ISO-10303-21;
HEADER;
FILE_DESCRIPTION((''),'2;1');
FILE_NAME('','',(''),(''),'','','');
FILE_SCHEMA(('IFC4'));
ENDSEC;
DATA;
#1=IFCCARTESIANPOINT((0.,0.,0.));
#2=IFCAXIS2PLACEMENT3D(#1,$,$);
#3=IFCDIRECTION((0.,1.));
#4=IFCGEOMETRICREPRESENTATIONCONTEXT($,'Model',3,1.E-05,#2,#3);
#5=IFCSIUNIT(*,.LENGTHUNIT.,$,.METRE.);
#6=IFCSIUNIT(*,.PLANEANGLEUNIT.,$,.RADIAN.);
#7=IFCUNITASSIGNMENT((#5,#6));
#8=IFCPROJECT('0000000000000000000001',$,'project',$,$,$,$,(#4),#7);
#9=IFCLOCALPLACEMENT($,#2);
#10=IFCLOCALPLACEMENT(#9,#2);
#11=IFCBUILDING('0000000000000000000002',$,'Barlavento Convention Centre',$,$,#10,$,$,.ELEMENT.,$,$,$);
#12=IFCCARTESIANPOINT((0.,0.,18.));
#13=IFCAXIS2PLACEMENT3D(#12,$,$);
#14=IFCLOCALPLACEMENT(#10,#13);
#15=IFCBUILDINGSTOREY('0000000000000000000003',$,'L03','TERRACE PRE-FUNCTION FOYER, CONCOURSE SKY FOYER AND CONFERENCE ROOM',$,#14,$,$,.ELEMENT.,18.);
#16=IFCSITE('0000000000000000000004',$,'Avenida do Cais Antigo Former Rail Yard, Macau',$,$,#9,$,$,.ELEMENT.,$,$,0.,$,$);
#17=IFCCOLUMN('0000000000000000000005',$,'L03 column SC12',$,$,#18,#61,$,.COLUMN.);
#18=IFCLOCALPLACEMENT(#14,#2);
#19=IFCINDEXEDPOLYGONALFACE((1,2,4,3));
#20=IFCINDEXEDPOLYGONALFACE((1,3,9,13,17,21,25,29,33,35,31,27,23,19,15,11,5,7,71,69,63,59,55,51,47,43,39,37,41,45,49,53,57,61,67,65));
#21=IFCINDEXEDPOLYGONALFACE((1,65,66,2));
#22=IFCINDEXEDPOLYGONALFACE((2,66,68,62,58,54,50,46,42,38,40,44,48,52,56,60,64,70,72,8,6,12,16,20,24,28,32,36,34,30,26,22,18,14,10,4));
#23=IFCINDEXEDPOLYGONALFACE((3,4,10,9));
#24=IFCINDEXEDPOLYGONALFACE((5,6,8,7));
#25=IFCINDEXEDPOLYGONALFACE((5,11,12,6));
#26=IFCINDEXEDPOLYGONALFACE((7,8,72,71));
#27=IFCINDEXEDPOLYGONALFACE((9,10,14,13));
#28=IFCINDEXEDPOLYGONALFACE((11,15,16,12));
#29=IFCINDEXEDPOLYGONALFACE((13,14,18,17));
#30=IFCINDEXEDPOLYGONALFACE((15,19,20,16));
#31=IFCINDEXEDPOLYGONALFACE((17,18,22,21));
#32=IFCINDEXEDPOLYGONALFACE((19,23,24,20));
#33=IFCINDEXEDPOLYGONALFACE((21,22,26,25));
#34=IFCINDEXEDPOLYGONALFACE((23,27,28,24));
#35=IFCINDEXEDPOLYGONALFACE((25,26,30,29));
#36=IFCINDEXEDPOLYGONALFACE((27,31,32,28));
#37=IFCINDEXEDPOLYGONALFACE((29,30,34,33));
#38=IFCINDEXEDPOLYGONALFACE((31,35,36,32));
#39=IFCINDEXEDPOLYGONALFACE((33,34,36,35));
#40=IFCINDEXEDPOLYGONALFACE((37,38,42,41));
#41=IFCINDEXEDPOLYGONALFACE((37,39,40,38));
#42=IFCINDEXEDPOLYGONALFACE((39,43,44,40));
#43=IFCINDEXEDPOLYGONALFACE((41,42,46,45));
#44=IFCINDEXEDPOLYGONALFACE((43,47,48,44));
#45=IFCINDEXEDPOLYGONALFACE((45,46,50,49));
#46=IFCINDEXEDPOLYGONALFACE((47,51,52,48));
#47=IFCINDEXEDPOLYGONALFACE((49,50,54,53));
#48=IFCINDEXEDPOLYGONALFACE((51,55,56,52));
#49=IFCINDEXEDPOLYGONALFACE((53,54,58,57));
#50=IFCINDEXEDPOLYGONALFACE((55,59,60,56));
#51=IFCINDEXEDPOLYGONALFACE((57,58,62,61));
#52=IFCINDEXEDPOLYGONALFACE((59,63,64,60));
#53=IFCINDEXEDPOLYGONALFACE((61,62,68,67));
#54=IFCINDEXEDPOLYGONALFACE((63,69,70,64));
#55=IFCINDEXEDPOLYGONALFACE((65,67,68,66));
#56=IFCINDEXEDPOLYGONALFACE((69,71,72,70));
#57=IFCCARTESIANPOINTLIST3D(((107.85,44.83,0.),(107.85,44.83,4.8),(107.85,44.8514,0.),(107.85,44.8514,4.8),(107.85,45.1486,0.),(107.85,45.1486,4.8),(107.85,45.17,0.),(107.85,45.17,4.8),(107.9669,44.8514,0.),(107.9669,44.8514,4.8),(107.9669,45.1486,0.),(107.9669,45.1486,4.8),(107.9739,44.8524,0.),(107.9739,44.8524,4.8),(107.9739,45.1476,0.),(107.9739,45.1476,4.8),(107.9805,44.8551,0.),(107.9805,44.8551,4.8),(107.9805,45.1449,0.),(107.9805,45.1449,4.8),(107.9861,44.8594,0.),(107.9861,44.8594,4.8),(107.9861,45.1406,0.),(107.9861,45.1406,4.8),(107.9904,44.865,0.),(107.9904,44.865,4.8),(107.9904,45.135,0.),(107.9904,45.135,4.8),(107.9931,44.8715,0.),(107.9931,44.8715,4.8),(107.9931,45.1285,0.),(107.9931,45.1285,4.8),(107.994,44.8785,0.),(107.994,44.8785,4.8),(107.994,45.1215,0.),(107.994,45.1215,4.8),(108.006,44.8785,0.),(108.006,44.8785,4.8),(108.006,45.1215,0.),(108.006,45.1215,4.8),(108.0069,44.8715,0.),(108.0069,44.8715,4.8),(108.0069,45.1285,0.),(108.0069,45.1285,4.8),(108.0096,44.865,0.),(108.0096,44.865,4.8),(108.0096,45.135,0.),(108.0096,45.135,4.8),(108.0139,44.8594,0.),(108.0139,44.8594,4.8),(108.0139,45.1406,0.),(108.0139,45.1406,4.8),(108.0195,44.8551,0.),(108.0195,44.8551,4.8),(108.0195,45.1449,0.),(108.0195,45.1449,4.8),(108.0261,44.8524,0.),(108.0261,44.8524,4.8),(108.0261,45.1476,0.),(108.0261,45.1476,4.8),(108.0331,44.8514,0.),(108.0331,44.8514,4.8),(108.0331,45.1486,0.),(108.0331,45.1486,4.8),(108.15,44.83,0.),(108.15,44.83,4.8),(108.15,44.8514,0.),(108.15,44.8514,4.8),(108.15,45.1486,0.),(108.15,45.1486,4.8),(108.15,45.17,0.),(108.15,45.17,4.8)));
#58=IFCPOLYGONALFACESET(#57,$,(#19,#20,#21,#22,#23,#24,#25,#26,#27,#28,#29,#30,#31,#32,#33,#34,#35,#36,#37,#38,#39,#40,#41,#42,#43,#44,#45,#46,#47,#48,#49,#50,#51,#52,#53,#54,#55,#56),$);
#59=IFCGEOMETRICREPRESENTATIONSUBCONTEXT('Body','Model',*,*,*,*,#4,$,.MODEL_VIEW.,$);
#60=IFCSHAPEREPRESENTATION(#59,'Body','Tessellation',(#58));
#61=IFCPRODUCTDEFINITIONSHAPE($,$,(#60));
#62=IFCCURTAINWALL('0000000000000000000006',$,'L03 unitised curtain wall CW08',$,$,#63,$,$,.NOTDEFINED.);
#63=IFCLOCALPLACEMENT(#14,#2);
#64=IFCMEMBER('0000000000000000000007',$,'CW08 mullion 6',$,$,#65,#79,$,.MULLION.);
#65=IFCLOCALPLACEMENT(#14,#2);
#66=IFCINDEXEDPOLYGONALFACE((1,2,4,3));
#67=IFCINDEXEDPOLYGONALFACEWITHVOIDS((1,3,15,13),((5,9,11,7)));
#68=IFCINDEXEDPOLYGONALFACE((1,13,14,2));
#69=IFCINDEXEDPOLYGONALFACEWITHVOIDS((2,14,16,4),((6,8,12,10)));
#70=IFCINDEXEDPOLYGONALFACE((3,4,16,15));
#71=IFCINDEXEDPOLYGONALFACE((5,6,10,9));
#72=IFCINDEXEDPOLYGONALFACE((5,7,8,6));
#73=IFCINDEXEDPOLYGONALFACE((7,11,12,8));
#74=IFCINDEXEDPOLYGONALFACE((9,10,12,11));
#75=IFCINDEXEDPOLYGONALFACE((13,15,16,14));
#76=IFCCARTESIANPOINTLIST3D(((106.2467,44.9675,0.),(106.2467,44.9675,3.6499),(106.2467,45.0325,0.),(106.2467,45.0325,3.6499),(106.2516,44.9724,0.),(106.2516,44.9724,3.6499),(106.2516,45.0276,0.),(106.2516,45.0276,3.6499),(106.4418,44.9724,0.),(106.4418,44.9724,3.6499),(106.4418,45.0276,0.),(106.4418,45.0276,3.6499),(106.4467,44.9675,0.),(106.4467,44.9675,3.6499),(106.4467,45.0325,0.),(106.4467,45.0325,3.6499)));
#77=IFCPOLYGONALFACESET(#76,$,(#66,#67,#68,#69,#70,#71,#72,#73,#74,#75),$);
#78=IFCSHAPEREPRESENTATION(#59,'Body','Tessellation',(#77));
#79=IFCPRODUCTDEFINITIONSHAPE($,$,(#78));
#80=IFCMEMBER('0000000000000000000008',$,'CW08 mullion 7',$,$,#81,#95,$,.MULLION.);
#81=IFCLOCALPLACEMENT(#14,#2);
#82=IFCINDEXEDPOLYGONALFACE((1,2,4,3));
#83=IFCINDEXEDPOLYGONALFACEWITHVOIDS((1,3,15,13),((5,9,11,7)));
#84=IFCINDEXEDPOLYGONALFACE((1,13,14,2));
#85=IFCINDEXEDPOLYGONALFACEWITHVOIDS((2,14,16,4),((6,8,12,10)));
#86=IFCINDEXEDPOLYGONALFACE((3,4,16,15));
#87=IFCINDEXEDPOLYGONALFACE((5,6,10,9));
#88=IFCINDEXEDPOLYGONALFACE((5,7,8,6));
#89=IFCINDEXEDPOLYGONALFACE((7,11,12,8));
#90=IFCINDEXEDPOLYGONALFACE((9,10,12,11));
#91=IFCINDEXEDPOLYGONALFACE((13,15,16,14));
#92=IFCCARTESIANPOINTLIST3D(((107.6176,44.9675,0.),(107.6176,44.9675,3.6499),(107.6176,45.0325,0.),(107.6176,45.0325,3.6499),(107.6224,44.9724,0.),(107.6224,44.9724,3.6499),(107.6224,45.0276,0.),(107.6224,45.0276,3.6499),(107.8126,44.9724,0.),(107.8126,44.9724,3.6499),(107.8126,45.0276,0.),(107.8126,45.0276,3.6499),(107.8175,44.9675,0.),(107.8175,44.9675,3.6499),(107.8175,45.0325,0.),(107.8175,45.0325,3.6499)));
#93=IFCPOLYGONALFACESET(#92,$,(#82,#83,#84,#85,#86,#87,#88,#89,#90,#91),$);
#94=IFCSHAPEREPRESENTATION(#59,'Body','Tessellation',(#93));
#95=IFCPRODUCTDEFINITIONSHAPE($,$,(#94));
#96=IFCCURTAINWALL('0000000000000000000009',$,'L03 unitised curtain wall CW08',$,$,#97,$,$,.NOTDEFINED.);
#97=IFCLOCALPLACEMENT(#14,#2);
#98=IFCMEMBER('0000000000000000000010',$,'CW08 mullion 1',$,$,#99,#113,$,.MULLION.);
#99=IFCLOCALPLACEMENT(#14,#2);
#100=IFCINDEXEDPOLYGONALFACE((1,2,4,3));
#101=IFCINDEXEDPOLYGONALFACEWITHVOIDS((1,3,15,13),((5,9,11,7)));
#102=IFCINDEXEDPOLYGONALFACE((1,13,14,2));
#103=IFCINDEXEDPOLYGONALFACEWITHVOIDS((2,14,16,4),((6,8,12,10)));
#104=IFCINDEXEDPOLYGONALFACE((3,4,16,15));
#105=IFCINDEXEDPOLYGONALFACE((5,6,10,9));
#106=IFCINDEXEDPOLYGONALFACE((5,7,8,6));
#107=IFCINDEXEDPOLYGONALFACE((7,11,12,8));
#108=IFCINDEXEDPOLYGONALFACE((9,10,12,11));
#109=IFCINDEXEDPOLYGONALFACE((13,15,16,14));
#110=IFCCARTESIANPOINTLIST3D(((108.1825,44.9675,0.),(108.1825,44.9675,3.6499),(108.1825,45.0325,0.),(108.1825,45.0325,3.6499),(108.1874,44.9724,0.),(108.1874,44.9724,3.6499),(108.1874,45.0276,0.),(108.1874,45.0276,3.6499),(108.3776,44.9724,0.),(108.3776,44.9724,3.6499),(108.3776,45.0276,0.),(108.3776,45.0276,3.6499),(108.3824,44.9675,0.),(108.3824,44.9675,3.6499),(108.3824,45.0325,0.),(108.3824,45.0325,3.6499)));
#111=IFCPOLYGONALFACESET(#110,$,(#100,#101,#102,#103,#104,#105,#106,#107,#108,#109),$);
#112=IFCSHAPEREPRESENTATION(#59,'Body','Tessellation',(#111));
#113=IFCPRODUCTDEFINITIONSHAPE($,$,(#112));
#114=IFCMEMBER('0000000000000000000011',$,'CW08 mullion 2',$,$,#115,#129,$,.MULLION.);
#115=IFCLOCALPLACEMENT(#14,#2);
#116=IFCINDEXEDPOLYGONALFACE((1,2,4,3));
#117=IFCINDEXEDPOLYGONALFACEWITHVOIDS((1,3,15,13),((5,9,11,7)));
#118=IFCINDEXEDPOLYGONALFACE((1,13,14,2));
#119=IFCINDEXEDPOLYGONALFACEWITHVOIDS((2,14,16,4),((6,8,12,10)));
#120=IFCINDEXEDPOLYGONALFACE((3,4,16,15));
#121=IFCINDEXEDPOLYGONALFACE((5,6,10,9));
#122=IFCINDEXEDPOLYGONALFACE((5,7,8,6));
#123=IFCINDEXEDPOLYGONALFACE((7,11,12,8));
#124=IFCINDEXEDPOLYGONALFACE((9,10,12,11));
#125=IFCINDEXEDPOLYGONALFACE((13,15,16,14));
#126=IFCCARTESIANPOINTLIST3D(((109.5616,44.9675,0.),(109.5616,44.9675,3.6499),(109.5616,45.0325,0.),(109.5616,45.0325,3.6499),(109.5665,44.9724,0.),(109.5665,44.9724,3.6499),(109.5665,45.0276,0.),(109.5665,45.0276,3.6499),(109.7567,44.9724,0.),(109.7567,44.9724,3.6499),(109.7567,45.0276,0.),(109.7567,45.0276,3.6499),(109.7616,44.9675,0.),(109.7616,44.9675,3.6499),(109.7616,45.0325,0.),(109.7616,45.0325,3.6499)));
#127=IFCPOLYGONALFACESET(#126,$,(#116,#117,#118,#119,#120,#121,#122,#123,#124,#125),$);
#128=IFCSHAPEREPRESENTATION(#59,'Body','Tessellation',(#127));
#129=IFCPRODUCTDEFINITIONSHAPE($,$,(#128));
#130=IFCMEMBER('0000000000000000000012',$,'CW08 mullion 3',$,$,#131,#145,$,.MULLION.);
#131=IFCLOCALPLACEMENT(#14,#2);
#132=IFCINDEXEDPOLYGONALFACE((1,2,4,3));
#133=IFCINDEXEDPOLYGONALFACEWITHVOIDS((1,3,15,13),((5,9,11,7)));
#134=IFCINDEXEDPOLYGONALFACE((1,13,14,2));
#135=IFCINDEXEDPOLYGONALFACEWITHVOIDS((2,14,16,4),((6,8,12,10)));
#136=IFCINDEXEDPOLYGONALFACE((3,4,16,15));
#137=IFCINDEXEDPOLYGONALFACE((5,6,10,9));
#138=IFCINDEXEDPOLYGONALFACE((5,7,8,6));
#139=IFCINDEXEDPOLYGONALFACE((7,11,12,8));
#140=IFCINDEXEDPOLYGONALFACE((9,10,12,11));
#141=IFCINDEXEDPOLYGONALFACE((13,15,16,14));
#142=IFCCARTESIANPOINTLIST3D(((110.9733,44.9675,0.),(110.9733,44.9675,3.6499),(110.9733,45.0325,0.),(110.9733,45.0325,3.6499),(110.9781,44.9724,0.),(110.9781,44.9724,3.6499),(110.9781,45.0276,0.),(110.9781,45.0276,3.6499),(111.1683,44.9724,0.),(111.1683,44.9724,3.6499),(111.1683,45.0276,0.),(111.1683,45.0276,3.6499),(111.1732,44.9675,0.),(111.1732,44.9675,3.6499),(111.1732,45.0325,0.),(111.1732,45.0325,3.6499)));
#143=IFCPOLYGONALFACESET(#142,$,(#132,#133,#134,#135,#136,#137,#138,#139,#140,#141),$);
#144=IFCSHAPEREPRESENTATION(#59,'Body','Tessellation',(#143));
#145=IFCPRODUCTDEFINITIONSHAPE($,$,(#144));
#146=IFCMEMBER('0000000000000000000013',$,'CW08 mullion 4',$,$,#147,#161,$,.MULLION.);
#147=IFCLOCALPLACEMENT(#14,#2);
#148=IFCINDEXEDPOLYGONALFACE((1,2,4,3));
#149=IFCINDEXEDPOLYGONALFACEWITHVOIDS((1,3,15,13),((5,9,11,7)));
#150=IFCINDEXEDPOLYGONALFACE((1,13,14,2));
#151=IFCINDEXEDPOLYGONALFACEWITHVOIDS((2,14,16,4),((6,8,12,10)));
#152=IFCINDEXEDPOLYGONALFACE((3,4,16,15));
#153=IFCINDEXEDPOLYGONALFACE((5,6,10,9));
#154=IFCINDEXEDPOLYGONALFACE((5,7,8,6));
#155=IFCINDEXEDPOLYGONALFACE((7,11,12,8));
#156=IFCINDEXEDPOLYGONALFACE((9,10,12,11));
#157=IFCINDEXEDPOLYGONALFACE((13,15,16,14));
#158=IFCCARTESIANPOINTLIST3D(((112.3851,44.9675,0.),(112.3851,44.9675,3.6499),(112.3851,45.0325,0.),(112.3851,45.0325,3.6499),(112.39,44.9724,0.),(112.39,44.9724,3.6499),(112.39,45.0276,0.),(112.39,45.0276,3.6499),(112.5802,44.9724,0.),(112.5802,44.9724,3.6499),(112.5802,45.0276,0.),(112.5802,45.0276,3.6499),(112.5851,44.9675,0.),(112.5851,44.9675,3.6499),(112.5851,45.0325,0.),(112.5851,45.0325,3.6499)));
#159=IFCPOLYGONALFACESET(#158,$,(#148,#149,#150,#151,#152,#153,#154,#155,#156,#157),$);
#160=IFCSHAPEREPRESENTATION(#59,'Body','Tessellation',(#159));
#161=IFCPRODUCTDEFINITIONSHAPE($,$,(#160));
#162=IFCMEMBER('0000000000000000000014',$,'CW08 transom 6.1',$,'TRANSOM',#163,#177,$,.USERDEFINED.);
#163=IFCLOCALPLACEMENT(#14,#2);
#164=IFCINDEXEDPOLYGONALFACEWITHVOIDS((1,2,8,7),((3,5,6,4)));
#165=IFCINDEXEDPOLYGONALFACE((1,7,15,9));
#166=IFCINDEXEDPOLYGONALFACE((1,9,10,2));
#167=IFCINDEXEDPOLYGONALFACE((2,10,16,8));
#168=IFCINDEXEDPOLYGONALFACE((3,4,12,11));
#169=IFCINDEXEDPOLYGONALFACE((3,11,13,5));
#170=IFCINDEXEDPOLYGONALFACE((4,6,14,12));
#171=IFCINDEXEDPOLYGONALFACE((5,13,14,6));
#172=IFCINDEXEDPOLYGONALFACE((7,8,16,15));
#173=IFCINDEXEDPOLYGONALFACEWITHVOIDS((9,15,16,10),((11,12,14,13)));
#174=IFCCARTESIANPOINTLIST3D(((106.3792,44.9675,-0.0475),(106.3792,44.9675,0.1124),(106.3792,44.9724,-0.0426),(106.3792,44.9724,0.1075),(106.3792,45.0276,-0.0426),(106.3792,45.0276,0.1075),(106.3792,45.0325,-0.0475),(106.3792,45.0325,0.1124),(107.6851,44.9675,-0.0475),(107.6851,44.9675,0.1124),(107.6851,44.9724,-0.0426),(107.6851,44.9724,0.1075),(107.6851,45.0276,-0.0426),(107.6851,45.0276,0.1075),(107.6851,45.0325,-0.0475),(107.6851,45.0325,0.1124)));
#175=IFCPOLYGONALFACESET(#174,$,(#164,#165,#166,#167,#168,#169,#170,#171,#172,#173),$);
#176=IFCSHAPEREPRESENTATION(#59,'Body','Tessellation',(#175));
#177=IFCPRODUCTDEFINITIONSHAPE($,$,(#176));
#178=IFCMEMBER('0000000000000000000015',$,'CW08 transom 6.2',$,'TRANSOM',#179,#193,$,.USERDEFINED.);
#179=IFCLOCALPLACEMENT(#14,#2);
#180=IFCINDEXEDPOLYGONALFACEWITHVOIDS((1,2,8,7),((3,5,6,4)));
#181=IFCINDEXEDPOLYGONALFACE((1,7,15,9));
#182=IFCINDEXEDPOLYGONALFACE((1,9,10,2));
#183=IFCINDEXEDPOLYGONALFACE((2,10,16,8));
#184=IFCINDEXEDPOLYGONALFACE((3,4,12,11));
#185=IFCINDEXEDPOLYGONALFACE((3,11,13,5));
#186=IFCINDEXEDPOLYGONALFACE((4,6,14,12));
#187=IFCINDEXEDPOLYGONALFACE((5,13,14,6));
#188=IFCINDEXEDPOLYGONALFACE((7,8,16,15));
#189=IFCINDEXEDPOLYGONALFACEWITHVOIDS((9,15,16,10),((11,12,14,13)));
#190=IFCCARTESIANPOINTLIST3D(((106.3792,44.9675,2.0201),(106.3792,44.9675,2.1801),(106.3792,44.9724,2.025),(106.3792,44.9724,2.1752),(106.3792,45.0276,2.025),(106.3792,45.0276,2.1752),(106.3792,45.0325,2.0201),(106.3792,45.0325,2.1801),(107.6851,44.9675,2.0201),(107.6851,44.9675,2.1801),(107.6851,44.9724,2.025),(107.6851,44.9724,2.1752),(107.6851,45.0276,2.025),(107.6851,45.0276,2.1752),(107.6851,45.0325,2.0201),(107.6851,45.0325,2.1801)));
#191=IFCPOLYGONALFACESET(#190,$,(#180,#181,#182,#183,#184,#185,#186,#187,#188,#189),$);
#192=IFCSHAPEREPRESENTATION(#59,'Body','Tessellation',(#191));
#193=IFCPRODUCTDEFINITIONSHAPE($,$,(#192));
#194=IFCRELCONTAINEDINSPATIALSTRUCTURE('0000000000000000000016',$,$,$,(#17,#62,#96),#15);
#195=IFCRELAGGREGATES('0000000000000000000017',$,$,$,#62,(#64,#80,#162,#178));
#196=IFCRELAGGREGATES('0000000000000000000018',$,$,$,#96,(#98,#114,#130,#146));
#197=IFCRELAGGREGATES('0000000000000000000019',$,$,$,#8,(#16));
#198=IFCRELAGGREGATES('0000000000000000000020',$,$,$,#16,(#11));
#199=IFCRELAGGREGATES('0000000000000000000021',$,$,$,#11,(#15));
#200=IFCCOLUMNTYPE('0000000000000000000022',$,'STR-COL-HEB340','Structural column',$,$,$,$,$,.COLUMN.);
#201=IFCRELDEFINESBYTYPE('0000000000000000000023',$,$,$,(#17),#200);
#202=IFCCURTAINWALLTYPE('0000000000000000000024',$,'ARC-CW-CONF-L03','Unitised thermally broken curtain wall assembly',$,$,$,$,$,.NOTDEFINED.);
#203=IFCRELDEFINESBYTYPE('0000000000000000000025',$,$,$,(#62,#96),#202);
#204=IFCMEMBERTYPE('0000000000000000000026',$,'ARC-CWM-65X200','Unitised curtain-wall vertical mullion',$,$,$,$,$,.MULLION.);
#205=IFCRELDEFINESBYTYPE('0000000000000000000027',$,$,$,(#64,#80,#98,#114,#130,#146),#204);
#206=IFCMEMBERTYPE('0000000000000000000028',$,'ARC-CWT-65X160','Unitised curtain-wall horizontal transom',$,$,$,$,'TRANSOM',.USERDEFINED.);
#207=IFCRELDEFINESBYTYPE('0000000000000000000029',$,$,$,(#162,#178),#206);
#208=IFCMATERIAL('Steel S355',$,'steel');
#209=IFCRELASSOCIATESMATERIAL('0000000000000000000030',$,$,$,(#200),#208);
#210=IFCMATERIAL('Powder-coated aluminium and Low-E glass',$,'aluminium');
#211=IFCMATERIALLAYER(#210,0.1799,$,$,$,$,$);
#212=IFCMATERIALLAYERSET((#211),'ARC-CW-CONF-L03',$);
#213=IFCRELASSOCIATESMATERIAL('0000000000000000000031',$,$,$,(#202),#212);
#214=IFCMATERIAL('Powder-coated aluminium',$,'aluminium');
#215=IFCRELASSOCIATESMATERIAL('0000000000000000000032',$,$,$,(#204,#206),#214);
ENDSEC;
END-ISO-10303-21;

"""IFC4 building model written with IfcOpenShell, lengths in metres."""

from ifc_helpers import new_model, si_unit, direction, frame, origin, origin_2d, place, context, subcontext, project, spatial, hollow_rectangle, i_section, extrude, material, layer, layer_set, material_profile, profile_set, type_object, element, aggregate, save


model = new_model("IFC4")

# Units and contexts
model_context = context("Model", 3, precision=1e-05, world=origin(), true_north=direction((0.0, 1.0)))
body_context = subcontext(model_context, "Body", "Model", "MODEL_VIEW")
ifc_project = project(units=[si_unit("LENGTHUNIT", "METRE"), si_unit("PLANEANGLEUNIT", "RADIAN")], contexts=[model_context])

# Site, building, storey
site_placement = place(None, origin())
site = spatial("IfcSite", under=ifc_project, at=site_placement, Name="Avenida do Cais Antigo Former Rail Yard, Macau", CompositionType="ELEMENT", RefElevation=0.0)
building_placement = place(site_placement, origin())
building = spatial("IfcBuilding", under=site, at=building_placement, Name="Barlavento Convention Centre", CompositionType="ELEMENT")
storey_placement = place(building_placement, frame((0.0, 0.0, 18.0)))
storey = spatial("IfcBuildingStorey", under=building, at=storey_placement, Name="L03", Description="TERRACE PRE-FUNCTION FOYER, CONCOURSE SKY FOYER AND CONFERENCE ROOM", CompositionType="ELEMENT", Elevation=18.0)

# Column
ifc_material_1 = material(Name="Steel S355", Category="steel")
ifc_material_profile_1 = material_profile(ifc_material_1, i_section(OverallWidth=0.3, OverallDepth=0.3401, WebThickness=0.012, FlangeThickness=0.0215, FilletRadius=0.0271, at=origin_2d()), Name="HEB 340")
ifc_profile_set_1 = profile_set([ifc_material_profile_1], Name="Steel S355")
column_type = type_object("IfcColumnType", Name="STR-COL-HEB340", Description="Structural column", PredefinedType="COLUMN", material=ifc_profile_set_1)
column_placement = place(storey_placement, frame((108.0, 45.0, 0.0), z_axis=(0.0, 0.0, 1.0), x_axis=(1.0, 0.0, 0.0)))
element("IfcColumn", 1, at=column_placement, inside=storey, type_object=column_type, Name="L03 column SC12", PredefinedType="COLUMN", context=body_context, shape_type="SweptSolid", body=[
    extrude(i_section(OverallWidth=0.3, OverallDepth=0.3401, WebThickness=0.012, FlangeThickness=0.0215, FilletRadius=0.0271, at=origin_2d()), origin(), (0.0, 0.0, 1.0), 4.8),
])

# Curtain walls, members
ifc_material_2 = material(Name="Powder-coated aluminium and Low-E glass", Category="aluminium")
ifc_layer_1 = layer(ifc_material_2, 0.1799)
ifc_layer_set_1 = layer_set([ifc_layer_1], Name="ARC-CW-CONF-L03")
curtain_wall_type = type_object("IfcCurtainWallType", Name="ARC-CW-CONF-L03", Description="Unitised thermally broken curtain wall assembly", PredefinedType="NOTDEFINED", material=ifc_layer_set_1)
curtain_wall_1_placement = place(storey_placement, origin())
curtain_wall_1 = element("IfcCurtainWall", 2, at=curtain_wall_1_placement, inside=storey, type_object=curtain_wall_type, Name="L03 unitised curtain wall CW08", PredefinedType="NOTDEFINED")
ifc_material_3 = material(Name="Powder-coated aluminium", Category="aluminium")
ifc_material_profile_2 = material_profile(ifc_material_3, hollow_rectangle(XDim=0.0649, YDim=0.2, WallThickness=0.0049, at=origin_2d()), Name="AL-MULL 65x200x5")
ifc_profile_set_2 = profile_set([ifc_material_profile_2], Name="Powder-coated aluminium")
member_type_1 = type_object("IfcMemberType", Name="ARC-CWM-65X200", Description="Unitised curtain-wall vertical mullion", PredefinedType="MULLION", material=ifc_profile_set_2)
member_1_placement = place(storey_placement, frame((106.3467, 45.0, 0.0), z_axis=(0.0, 0.0, 1.0), x_axis=(0.0, 1.0, 0.0)))
member_1 = element("IfcMember", 3, at=member_1_placement, type_object=member_type_1, Name="CW08 mullion 6", PredefinedType="MULLION", context=body_context, shape_type="SweptSolid", body=[
    extrude(hollow_rectangle(XDim=0.0649, YDim=0.2, WallThickness=0.0049, at=origin_2d()), origin(), (0.0, 0.0, 1.0), 3.6499),
])
member_2_placement = place(storey_placement, frame((107.7175, 45.0, 0.0), z_axis=(0.0, 0.0, 1.0), x_axis=(0.0, 1.0, 0.0)))
member_2 = element("IfcMember", 4, at=member_2_placement, type_object=member_type_1, Name="CW08 mullion 7", PredefinedType="MULLION", context=body_context, shape_type="SweptSolid", body=[
    extrude(hollow_rectangle(XDim=0.0649, YDim=0.2, WallThickness=0.0049, at=origin_2d()), origin(), (0.0, 0.0, 1.0), 3.6499),
])
curtain_wall_2_placement = place(storey_placement, origin())
curtain_wall_2 = element("IfcCurtainWall", 5, at=curtain_wall_2_placement, inside=storey, type_object=curtain_wall_type, Name="L03 unitised curtain wall CW08", PredefinedType="NOTDEFINED")
member_3_placement = place(storey_placement, frame((108.2825, 45.0, 0.0), z_axis=(0.0, 0.0, 1.0), x_axis=(0.0, 1.0, 0.0)))
member_3 = element("IfcMember", 6, at=member_3_placement, type_object=member_type_1, Name="CW08 mullion 1", PredefinedType="MULLION", context=body_context, shape_type="SweptSolid", body=[
    extrude(hollow_rectangle(XDim=0.0649, YDim=0.2, WallThickness=0.0049, at=origin_2d()), origin(), (0.0, 0.0, 1.0), 3.6499),
])
member_4_placement = place(storey_placement, frame((109.6616, 45.0, 0.0), z_axis=(0.0, 0.0, 1.0), x_axis=(0.0, 1.0, 0.0)))
member_4 = element("IfcMember", 7, at=member_4_placement, type_object=member_type_1, Name="CW08 mullion 2", PredefinedType="MULLION", context=body_context, shape_type="SweptSolid", body=[
    extrude(hollow_rectangle(XDim=0.0649, YDim=0.2, WallThickness=0.0049, at=origin_2d()), origin(), (0.0, 0.0, 1.0), 3.6499),
])
member_5_placement = place(storey_placement, frame((111.0732, 45.0, 0.0), z_axis=(0.0, 0.0, 1.0), x_axis=(0.0, 1.0, 0.0)))
member_5 = element("IfcMember", 8, at=member_5_placement, type_object=member_type_1, Name="CW08 mullion 3", PredefinedType="MULLION", context=body_context, shape_type="SweptSolid", body=[
    extrude(hollow_rectangle(XDim=0.0649, YDim=0.2, WallThickness=0.0049, at=origin_2d()), origin(), (0.0, 0.0, 1.0), 3.6499),
])
member_6_placement = place(storey_placement, frame((112.4851, 45.0, 0.0), z_axis=(0.0, 0.0, 1.0), x_axis=(0.0, 1.0, 0.0)))
member_6 = element("IfcMember", 9, at=member_6_placement, type_object=member_type_1, Name="CW08 mullion 4", PredefinedType="MULLION", context=body_context, shape_type="SweptSolid", body=[
    extrude(hollow_rectangle(XDim=0.0649, YDim=0.2, WallThickness=0.0049, at=origin_2d()), origin(), (0.0, 0.0, 1.0), 3.6499),
])

# Members
ifc_material_profile_3 = material_profile(ifc_material_3, hollow_rectangle(XDim=0.0649, YDim=0.1599, WallThickness=0.0049, at=origin_2d()), Name="AL-TRAN 65x160x5")
ifc_profile_set_3 = profile_set([ifc_material_profile_3], Name="Powder-coated aluminium")
member_type_2 = type_object("IfcMemberType", Name="ARC-CWT-65X160", Description="Unitised curtain-wall horizontal transom", ElementType="TRANSOM", PredefinedType="USERDEFINED", material=ifc_profile_set_3)
member_7_placement = place(storey_placement, frame((106.3792, 45.0, 0.0325), z_axis=(1.0, 0.0, 0.0), x_axis=(0.0, 1.0, 0.0)))
member_7 = element("IfcMember", 10, at=member_7_placement, type_object=member_type_2, Name="CW08 transom 6.1", ObjectType="TRANSOM", PredefinedType="USERDEFINED", context=body_context, shape_type="SweptSolid", body=[
    extrude(hollow_rectangle(XDim=0.0649, YDim=0.1599, WallThickness=0.0049, at=origin_2d()), origin(), (0.0, 0.0, 1.0), 1.3059),
])
member_8_placement = place(storey_placement, frame((106.3792, 45.0, 2.1001), z_axis=(1.0, 0.0, 0.0), x_axis=(0.0, 1.0, 0.0)))
member_8 = element("IfcMember", 11, at=member_8_placement, type_object=member_type_2, Name="CW08 transom 6.2", ObjectType="TRANSOM", PredefinedType="USERDEFINED", context=body_context, shape_type="SweptSolid", body=[
    extrude(hollow_rectangle(XDim=0.0649, YDim=0.1599, WallThickness=0.0049, at=origin_2d()), origin(), (0.0, 0.0, 1.0), 1.3059),
])

aggregate(curtain_wall_1, [member_1, member_2, member_7, member_8])
aggregate(curtain_wall_2, [member_3, member_4, member_5, member_6])

save(model, "model.ifc")
